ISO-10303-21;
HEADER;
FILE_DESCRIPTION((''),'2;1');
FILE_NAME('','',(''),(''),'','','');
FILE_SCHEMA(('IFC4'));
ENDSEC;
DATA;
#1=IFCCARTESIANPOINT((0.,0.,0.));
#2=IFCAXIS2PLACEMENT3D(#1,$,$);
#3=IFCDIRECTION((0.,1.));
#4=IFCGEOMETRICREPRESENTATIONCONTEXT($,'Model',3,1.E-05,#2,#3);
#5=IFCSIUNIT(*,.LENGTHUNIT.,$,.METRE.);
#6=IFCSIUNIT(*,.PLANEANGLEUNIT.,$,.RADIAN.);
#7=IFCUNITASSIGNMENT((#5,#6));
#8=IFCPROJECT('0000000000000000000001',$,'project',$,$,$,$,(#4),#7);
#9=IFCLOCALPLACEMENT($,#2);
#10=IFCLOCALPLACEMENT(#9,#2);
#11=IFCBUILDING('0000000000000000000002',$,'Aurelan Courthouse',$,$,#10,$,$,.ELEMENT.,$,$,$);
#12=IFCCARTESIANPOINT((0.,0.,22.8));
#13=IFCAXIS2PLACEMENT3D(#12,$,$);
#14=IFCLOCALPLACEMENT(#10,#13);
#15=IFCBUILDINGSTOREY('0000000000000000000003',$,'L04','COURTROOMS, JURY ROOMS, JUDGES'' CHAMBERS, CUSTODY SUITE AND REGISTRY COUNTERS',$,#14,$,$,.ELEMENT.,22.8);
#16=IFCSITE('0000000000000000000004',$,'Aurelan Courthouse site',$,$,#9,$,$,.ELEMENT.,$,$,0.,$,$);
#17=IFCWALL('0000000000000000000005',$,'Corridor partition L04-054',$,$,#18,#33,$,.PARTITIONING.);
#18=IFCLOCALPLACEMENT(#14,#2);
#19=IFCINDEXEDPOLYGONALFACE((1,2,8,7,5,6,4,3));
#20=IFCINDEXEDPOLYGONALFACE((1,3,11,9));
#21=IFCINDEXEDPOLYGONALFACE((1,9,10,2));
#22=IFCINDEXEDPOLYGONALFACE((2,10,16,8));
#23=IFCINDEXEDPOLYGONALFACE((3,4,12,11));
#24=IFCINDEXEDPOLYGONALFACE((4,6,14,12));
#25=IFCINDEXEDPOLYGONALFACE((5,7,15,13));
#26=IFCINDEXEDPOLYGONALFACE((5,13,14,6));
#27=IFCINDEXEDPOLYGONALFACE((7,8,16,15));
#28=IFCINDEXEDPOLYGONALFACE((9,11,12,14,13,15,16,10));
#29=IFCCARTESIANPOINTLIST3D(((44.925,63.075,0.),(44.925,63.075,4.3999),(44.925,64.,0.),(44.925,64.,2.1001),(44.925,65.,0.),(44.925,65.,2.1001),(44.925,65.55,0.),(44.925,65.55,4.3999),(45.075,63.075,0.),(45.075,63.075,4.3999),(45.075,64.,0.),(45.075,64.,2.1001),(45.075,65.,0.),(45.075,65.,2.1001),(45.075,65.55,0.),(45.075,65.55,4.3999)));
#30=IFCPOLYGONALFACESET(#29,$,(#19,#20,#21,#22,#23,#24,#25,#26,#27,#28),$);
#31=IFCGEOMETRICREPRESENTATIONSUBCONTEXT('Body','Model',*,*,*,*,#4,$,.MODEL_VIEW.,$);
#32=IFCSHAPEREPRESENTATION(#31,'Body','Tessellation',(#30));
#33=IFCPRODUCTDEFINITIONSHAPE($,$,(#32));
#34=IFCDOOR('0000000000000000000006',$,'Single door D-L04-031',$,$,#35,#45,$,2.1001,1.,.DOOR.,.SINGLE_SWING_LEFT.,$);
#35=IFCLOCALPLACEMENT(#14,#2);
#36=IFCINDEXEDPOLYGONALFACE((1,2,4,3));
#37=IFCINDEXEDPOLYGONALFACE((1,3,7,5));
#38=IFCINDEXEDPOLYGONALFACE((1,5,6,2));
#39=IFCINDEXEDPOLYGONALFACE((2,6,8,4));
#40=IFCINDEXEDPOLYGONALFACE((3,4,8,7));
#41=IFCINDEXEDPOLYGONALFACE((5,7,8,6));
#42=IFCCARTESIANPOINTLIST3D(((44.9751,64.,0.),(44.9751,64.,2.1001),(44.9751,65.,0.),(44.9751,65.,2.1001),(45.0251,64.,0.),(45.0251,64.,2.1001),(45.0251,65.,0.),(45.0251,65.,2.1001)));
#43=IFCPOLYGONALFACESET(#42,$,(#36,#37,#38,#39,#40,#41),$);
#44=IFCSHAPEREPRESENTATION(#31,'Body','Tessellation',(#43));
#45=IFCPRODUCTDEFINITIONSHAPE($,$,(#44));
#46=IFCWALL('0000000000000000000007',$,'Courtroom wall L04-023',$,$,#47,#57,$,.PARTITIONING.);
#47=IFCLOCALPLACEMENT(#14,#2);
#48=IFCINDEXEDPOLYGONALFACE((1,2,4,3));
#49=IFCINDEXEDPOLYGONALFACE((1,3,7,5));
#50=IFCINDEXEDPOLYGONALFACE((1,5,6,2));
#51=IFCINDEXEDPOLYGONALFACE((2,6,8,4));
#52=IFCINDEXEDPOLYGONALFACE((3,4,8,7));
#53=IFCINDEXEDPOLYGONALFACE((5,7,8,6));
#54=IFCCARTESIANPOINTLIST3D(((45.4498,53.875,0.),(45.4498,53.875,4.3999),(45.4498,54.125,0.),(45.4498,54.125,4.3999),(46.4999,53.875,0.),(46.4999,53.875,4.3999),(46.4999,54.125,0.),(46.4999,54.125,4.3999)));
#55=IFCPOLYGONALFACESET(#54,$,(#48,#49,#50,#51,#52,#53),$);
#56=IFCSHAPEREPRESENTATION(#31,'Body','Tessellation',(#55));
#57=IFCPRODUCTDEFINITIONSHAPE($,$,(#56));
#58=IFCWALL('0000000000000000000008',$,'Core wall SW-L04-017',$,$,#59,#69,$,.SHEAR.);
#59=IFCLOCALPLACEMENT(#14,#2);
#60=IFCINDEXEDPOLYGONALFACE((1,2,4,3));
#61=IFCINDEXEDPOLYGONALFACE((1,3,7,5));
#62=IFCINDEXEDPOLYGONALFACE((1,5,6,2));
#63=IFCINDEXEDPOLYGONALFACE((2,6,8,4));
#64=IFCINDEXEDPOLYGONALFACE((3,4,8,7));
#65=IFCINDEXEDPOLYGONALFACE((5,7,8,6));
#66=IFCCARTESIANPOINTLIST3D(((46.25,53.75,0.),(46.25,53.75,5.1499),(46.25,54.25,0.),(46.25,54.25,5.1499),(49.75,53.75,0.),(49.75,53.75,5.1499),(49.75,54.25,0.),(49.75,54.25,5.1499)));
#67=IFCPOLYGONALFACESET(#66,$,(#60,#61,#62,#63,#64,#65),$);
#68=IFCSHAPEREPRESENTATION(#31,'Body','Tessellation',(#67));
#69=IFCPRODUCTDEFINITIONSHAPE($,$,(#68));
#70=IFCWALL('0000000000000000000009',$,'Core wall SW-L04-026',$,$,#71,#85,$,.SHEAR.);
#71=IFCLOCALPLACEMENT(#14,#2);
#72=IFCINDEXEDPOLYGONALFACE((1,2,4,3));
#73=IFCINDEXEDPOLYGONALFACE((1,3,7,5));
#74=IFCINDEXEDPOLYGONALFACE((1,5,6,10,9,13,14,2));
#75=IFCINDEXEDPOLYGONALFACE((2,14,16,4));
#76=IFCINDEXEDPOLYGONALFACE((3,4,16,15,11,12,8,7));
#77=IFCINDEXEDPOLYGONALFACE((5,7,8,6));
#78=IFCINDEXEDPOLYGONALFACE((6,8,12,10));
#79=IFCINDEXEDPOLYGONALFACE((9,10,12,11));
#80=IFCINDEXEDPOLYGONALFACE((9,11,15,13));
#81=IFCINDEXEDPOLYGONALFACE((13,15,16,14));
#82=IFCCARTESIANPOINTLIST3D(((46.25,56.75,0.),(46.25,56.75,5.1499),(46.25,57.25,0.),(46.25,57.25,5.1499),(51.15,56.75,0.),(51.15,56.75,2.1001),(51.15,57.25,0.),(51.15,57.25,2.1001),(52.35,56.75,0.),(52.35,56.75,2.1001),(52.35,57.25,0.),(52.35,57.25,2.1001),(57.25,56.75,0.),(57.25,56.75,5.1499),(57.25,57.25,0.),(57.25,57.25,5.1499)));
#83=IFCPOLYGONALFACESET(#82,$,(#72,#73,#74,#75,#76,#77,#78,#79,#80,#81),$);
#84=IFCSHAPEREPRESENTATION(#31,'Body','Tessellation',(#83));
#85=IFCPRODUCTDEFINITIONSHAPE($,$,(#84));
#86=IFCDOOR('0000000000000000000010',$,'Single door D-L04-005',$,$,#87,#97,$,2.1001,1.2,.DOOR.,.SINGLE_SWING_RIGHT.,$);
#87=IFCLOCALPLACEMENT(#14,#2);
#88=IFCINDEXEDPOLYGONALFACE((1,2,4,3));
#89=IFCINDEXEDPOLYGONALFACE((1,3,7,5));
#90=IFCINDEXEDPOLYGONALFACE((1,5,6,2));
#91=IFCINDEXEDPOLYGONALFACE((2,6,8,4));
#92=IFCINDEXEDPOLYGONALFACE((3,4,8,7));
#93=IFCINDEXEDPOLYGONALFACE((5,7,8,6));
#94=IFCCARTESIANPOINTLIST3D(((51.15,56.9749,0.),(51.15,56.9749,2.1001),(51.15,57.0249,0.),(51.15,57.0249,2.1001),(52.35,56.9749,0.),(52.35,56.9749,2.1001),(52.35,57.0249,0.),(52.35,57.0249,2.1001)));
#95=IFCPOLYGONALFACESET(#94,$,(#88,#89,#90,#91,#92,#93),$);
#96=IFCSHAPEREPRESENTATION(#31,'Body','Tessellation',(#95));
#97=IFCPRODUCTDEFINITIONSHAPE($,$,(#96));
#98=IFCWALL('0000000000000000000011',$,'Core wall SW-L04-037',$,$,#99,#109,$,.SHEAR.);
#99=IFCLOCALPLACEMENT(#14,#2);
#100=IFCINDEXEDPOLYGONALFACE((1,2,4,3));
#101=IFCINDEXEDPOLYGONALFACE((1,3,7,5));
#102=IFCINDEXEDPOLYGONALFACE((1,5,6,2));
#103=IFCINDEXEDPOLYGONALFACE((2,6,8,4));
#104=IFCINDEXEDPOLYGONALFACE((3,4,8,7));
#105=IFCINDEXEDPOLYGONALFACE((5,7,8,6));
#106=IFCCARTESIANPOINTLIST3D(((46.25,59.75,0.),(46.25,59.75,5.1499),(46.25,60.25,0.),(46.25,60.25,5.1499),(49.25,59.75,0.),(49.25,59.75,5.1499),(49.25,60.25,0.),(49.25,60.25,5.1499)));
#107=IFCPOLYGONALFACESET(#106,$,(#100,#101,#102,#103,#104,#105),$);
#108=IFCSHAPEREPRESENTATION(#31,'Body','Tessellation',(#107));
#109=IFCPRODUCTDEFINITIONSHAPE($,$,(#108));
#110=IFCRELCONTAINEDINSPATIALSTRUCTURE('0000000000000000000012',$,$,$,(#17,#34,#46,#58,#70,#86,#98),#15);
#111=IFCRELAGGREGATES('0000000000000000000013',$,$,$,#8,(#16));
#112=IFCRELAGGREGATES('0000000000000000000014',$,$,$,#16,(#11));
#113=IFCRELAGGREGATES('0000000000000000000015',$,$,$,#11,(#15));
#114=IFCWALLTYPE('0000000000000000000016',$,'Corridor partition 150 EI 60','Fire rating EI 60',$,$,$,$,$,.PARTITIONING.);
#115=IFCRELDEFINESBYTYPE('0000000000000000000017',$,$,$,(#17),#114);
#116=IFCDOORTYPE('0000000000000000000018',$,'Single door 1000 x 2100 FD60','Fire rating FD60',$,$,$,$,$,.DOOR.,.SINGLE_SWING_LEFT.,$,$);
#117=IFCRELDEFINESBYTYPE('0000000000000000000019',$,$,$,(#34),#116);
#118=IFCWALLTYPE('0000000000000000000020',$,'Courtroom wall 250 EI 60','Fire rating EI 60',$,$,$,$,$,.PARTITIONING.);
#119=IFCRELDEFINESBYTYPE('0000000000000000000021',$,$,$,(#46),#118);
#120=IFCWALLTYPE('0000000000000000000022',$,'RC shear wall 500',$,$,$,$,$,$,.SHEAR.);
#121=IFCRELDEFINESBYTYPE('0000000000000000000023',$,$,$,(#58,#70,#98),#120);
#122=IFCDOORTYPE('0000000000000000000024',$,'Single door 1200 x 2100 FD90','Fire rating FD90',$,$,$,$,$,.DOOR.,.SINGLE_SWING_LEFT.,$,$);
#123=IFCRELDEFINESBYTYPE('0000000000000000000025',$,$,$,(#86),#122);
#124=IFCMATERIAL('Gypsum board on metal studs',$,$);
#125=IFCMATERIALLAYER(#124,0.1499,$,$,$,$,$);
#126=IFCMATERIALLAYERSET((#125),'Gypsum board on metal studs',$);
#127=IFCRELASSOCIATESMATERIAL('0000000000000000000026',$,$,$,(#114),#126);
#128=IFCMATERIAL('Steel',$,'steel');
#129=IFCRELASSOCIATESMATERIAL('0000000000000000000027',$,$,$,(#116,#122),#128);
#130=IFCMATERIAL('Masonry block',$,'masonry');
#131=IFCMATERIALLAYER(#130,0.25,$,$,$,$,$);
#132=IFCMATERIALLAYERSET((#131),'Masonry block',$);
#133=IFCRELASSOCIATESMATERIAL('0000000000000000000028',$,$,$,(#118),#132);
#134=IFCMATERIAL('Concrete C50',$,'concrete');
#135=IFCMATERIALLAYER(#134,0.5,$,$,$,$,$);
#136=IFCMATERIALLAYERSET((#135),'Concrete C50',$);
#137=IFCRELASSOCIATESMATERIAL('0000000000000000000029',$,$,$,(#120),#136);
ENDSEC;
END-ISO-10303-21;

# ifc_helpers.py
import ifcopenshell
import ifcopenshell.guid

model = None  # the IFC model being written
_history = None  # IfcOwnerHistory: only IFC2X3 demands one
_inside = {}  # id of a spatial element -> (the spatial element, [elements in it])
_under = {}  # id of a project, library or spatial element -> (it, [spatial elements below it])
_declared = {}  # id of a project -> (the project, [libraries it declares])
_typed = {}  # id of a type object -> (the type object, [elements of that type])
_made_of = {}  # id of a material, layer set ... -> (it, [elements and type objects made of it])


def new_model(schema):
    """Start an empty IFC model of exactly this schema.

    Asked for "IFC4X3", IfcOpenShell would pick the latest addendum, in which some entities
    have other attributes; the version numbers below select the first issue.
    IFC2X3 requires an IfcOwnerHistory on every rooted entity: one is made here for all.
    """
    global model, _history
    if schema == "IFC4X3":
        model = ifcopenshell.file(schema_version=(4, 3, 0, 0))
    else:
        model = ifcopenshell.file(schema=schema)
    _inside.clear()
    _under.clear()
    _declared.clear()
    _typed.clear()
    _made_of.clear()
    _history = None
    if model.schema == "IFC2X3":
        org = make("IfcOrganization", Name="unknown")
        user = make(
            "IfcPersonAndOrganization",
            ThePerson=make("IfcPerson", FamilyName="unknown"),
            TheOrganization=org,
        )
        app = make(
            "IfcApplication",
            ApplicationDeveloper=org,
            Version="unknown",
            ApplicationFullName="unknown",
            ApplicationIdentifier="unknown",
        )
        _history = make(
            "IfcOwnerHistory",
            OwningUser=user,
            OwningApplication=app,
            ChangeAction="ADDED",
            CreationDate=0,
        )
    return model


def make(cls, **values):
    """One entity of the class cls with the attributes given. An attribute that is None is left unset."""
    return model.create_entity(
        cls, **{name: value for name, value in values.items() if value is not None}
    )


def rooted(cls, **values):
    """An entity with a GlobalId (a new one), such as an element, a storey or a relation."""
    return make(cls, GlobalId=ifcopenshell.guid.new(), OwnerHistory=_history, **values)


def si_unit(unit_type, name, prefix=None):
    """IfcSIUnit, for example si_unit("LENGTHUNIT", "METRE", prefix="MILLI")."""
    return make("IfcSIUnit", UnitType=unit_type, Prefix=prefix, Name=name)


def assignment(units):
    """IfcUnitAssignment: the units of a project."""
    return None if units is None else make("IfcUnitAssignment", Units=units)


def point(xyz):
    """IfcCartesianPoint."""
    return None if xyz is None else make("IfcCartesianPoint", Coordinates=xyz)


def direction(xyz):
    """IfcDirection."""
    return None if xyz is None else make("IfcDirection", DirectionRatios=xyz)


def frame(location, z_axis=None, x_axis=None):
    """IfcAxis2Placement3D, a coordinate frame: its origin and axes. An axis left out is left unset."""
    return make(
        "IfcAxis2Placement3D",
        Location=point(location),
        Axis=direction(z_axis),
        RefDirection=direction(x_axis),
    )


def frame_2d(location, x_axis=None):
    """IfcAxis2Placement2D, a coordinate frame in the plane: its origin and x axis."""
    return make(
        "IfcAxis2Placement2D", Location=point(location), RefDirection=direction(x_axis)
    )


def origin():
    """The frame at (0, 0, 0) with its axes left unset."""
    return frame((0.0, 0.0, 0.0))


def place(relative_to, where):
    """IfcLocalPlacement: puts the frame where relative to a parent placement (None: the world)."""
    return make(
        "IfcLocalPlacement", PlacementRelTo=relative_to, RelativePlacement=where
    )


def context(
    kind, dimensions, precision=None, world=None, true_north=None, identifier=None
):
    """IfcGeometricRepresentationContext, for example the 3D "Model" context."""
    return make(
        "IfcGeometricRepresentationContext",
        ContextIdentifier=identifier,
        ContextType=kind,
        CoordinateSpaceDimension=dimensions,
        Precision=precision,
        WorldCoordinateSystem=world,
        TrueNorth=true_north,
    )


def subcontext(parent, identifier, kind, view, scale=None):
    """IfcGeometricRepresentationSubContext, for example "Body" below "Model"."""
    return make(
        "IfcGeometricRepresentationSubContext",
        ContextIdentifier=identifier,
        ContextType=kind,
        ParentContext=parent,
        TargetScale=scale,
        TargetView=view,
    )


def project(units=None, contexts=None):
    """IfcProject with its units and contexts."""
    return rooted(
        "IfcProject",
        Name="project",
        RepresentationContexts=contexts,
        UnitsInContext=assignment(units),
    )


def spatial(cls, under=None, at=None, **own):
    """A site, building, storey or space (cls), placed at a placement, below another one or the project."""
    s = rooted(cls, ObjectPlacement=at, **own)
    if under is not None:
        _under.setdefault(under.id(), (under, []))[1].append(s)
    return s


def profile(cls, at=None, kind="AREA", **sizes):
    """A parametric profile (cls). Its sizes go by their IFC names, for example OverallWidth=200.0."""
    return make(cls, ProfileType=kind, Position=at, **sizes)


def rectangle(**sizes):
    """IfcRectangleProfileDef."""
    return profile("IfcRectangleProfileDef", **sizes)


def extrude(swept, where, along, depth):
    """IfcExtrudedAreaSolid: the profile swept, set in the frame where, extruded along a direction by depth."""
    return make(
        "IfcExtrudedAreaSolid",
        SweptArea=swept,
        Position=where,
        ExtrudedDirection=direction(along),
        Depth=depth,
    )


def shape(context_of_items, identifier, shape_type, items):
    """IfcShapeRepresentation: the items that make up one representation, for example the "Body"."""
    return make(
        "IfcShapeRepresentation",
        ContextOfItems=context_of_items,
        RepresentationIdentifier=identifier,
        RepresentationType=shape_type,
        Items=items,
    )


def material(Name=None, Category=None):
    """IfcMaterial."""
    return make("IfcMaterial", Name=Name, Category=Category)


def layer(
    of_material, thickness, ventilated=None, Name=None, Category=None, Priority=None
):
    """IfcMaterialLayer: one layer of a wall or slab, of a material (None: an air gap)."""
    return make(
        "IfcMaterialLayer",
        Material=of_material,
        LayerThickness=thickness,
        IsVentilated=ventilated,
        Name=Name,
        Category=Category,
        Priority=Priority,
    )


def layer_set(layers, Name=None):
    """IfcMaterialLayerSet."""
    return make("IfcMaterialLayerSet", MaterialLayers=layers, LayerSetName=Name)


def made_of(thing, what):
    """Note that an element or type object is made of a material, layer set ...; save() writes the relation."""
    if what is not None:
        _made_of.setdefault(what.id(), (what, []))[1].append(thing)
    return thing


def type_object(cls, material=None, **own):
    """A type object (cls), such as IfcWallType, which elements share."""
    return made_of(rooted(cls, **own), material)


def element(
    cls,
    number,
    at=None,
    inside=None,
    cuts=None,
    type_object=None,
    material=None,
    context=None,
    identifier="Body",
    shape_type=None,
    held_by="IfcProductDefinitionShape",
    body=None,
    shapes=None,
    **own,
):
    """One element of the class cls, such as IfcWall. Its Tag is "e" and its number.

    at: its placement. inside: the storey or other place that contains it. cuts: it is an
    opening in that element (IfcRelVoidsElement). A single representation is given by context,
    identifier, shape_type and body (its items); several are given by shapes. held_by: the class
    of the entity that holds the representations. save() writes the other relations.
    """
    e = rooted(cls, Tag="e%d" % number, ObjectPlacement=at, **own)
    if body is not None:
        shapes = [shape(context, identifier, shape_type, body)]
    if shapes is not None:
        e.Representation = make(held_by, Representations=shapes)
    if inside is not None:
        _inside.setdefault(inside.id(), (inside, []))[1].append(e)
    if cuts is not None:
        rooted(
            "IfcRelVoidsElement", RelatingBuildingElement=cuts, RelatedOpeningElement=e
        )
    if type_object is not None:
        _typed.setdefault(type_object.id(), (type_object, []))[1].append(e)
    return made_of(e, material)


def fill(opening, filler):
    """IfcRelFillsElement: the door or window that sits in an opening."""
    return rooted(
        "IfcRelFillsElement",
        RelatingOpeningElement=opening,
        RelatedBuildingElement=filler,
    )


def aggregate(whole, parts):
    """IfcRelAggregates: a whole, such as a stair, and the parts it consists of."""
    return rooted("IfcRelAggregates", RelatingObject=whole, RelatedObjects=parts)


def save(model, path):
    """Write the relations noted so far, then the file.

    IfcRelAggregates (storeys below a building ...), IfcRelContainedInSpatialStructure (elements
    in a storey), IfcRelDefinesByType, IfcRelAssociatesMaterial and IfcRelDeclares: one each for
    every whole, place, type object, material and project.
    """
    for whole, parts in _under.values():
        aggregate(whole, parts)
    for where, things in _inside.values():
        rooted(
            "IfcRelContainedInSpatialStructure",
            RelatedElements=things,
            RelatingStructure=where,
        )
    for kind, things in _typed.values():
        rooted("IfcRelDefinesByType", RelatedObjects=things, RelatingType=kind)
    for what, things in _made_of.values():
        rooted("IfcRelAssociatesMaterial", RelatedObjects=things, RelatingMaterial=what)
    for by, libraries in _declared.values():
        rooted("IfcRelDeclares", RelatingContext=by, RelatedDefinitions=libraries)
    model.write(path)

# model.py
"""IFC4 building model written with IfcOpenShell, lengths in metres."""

from ifc_helpers import new_model, si_unit, direction, frame, frame_2d, origin, place, context, subcontext, project, spatial, rectangle, extrude, material, layer, layer_set, type_object, element, fill, save


model = new_model("IFC4")

# Units and contexts
model_context = context("Model", 3, precision=1e-05, world=origin(), true_north=direction((0.0, 1.0)))
body_context = subcontext(model_context, "Body", "Model", "MODEL_VIEW")
ifc_project = project(units=[si_unit("LENGTHUNIT", "METRE"), si_unit("PLANEANGLEUNIT", "RADIAN")], contexts=[model_context])

# Site, building, storey
site_placement = place(None, origin())
site = spatial("IfcSite", under=ifc_project, at=site_placement, Name="Aurelan Courthouse site", CompositionType="ELEMENT", RefElevation=0.0)
building_placement = place(site_placement, origin())
building = spatial("IfcBuilding", under=site, at=building_placement, Name="Aurelan Courthouse", CompositionType="ELEMENT")
storey_placement = place(building_placement, frame((0.0, 0.0, 22.8)))
storey = spatial("IfcBuildingStorey", under=building, at=storey_placement, Name="L04", Description="COURTROOMS, JURY ROOMS, JUDGES' CHAMBERS, CUSTODY SUITE AND REGISTRY COUNTERS", CompositionType="ELEMENT", Elevation=22.8)

# Shared definitions
ifc_material_1 = material(Name="Concrete C50", Category="concrete")

# Shared definitions
ifc_material_2 = material(Name="Gypsum board on metal studs")
ifc_layer_1 = layer(ifc_material_2, 0.1499)
ifc_layer_set_1 = layer_set([ifc_layer_1], Name="Gypsum board on metal studs")
wall_type_1 = type_object("IfcWallType", Name="Corridor partition 150 EI 60", Description="Fire rating EI 60", PredefinedType="PARTITIONING", material=ifc_layer_set_1)

# Shared definitions
ifc_material_3 = material(Name="Steel", Category="steel")
door_type_1 = type_object("IfcDoorType", Name="Single door 1000 x 2100 FD60", Description="Fire rating FD60", OperationType="SINGLE_SWING_LEFT", PredefinedType="DOOR", material=ifc_material_3)

# Wall, opening, door
wall_1_placement = place(storey_placement, frame((45.0, 63.075, 0.0), z_axis=(0.0, 0.0, 1.0), x_axis=(0.0, 1.0, 0.0)))
wall_1 = element("IfcWall", 1, at=wall_1_placement, inside=storey, type_object=wall_type_1, Name="Corridor partition L04-054", PredefinedType="PARTITIONING", context=body_context, shape_type="SweptSolid", body=[
    extrude(rectangle(XDim=2.4751, YDim=0.1499, at=frame_2d((1.2375, 0.0))), origin(), (0.0, 0.0, 1.0), 4.3999),
])
opening_1_placement = place(wall_1_placement, frame((0.925, 0.0, 0.0)))
opening_1 = element("IfcOpeningElement", 2, at=opening_1_placement, cuts=wall_1, PredefinedType="OPENING", context=body_context, shape_type="SweptSolid", body=[
    extrude(rectangle(XDim=1.0, YDim=2.1001, at=frame_2d((0.5, 1.05))), frame((0.0, 0.085, 0.0), z_axis=(0.0, -1.0, 0.0), x_axis=(1.0, 0.0, 0.0)), (0.0, 0.0, 1.0), 0.1699),
])
door_1_placement = place(opening_1_placement, origin())
door_1 = element("IfcDoor", 3, at=door_1_placement, inside=storey, type_object=door_type_1, Name="Single door D-L04-031", OperationType="SINGLE_SWING_LEFT", OverallHeight=2.1001, OverallWidth=1.0, PredefinedType="DOOR", context=body_context, shape_type="SweptSolid", body=[
    extrude(rectangle(XDim=1.0, YDim=2.1001, at=frame_2d((0.5, 1.05))), frame((0.0, 0.0249, 0.0), z_axis=(0.0, -1.0, 0.0), x_axis=(1.0, 0.0, 0.0)), (0.0, 0.0, 1.0), 0.05),
])
fill(opening_1, door_1)

# Walls
ifc_material_4 = material(Name="Masonry block", Category="masonry")
ifc_layer_2 = layer(ifc_material_4, 0.25)
ifc_layer_set_2 = layer_set([ifc_layer_2], Name="Masonry block")
wall_type_2 = type_object("IfcWallType", Name="Courtroom wall 250 EI 60", Description="Fire rating EI 60", PredefinedType="PARTITIONING", material=ifc_layer_set_2)
wall_2_placement = place(storey_placement, frame((45.45, 54.0, 0.0), z_axis=(0.0, 0.0, 1.0), x_axis=(1.0, 0.0, 0.0)))
element("IfcWall", 4, at=wall_2_placement, inside=storey, type_object=wall_type_2, Name="Courtroom wall L04-023", PredefinedType="PARTITIONING", context=body_context, shape_type="SweptSolid", body=[
    extrude(rectangle(XDim=1.05, YDim=0.25, at=frame_2d((0.5249, 0.0))), origin(), (0.0, 0.0, 1.0), 4.3999),
])
ifc_layer_3 = layer(ifc_material_1, 0.5)
ifc_layer_set_3 = layer_set([ifc_layer_3], Name="Concrete C50")
wall_type_3 = type_object("IfcWallType", Name="RC shear wall 500", PredefinedType="SHEAR", material=ifc_layer_set_3)
wall_3_placement = place(storey_placement, frame((46.25, 54.0, 0.0), z_axis=(0.0, 0.0, 1.0), x_axis=(1.0, 0.0, 0.0)))
element("IfcWall", 5, at=wall_3_placement, inside=storey, type_object=wall_type_3, Name="Core wall SW-L04-017", PredefinedType="SHEAR", context=body_context, shape_type="SweptSolid", body=[
    extrude(rectangle(XDim=3.5, YDim=0.5, at=frame_2d((1.75, 0.0))), origin(), (0.0, 0.0, 1.0), 5.1499),
])

# Wall, opening, door
wall_4_placement = place(storey_placement, frame((46.25, 57.0, 0.0), z_axis=(0.0, 0.0, 1.0), x_axis=(1.0, 0.0, 0.0)))
wall_4 = element("IfcWall", 6, at=wall_4_placement, inside=storey, type_object=wall_type_3, Name="Core wall SW-L04-026", PredefinedType="SHEAR", context=body_context, shape_type="SweptSolid", body=[
    extrude(rectangle(XDim=11.0, YDim=0.5, at=frame_2d((5.5, 0.0))), origin(), (0.0, 0.0, 1.0), 5.1499),
])
opening_2_placement = place(wall_4_placement, frame((4.8999, 0.0, 0.0)))
opening_2 = element("IfcOpeningElement", 7, at=opening_2_placement, cuts=wall_4, PredefinedType="OPENING", context=body_context, shape_type="SweptSolid", body=[
    extrude(rectangle(XDim=1.2, YDim=2.1001, at=frame_2d((0.6001, 1.05))), frame((0.0, 0.26, 0.0), z_axis=(0.0, -1.0, 0.0), x_axis=(1.0, 0.0, 0.0)), (0.0, 0.0, 1.0), 0.52),
])
door_type_2 = type_object("IfcDoorType", Name="Single door 1200 x 2100 FD90", Description="Fire rating FD90", OperationType="SINGLE_SWING_LEFT", PredefinedType="DOOR", material=ifc_material_3)
door_2_placement = place(opening_2_placement, origin())
door_2 = element("IfcDoor", 8, at=door_2_placement, inside=storey, type_object=door_type_2, Name="Single door D-L04-005", OperationType="SINGLE_SWING_RIGHT", OverallHeight=2.1001, OverallWidth=1.2, PredefinedType="DOOR", context=body_context, shape_type="SweptSolid", body=[
    extrude(rectangle(XDim=1.2, YDim=2.1001, at=frame_2d((0.6001, 1.05))), frame((0.0, 0.0249, 0.0), z_axis=(0.0, -1.0, 0.0), x_axis=(1.0, 0.0, 0.0)), (0.0, 0.0, 1.0), 0.05),
])
fill(opening_2, door_2)

# Wall
wall_5_placement = place(storey_placement, frame((46.25, 60.0, 0.0), z_axis=(0.0, 0.0, 1.0), x_axis=(1.0, 0.0, 0.0)))
element("IfcWall", 9, at=wall_5_placement, inside=storey, type_object=wall_type_3, Name="Core wall SW-L04-037", PredefinedType="SHEAR", context=body_context, shape_type="SweptSolid", body=[
    extrude(rectangle(XDim=3.0, YDim=0.5, at=frame_2d((1.5, 0.0))), origin(), (0.0, 0.0, 1.0), 5.1499),
])

save(model, "model.ifc")
